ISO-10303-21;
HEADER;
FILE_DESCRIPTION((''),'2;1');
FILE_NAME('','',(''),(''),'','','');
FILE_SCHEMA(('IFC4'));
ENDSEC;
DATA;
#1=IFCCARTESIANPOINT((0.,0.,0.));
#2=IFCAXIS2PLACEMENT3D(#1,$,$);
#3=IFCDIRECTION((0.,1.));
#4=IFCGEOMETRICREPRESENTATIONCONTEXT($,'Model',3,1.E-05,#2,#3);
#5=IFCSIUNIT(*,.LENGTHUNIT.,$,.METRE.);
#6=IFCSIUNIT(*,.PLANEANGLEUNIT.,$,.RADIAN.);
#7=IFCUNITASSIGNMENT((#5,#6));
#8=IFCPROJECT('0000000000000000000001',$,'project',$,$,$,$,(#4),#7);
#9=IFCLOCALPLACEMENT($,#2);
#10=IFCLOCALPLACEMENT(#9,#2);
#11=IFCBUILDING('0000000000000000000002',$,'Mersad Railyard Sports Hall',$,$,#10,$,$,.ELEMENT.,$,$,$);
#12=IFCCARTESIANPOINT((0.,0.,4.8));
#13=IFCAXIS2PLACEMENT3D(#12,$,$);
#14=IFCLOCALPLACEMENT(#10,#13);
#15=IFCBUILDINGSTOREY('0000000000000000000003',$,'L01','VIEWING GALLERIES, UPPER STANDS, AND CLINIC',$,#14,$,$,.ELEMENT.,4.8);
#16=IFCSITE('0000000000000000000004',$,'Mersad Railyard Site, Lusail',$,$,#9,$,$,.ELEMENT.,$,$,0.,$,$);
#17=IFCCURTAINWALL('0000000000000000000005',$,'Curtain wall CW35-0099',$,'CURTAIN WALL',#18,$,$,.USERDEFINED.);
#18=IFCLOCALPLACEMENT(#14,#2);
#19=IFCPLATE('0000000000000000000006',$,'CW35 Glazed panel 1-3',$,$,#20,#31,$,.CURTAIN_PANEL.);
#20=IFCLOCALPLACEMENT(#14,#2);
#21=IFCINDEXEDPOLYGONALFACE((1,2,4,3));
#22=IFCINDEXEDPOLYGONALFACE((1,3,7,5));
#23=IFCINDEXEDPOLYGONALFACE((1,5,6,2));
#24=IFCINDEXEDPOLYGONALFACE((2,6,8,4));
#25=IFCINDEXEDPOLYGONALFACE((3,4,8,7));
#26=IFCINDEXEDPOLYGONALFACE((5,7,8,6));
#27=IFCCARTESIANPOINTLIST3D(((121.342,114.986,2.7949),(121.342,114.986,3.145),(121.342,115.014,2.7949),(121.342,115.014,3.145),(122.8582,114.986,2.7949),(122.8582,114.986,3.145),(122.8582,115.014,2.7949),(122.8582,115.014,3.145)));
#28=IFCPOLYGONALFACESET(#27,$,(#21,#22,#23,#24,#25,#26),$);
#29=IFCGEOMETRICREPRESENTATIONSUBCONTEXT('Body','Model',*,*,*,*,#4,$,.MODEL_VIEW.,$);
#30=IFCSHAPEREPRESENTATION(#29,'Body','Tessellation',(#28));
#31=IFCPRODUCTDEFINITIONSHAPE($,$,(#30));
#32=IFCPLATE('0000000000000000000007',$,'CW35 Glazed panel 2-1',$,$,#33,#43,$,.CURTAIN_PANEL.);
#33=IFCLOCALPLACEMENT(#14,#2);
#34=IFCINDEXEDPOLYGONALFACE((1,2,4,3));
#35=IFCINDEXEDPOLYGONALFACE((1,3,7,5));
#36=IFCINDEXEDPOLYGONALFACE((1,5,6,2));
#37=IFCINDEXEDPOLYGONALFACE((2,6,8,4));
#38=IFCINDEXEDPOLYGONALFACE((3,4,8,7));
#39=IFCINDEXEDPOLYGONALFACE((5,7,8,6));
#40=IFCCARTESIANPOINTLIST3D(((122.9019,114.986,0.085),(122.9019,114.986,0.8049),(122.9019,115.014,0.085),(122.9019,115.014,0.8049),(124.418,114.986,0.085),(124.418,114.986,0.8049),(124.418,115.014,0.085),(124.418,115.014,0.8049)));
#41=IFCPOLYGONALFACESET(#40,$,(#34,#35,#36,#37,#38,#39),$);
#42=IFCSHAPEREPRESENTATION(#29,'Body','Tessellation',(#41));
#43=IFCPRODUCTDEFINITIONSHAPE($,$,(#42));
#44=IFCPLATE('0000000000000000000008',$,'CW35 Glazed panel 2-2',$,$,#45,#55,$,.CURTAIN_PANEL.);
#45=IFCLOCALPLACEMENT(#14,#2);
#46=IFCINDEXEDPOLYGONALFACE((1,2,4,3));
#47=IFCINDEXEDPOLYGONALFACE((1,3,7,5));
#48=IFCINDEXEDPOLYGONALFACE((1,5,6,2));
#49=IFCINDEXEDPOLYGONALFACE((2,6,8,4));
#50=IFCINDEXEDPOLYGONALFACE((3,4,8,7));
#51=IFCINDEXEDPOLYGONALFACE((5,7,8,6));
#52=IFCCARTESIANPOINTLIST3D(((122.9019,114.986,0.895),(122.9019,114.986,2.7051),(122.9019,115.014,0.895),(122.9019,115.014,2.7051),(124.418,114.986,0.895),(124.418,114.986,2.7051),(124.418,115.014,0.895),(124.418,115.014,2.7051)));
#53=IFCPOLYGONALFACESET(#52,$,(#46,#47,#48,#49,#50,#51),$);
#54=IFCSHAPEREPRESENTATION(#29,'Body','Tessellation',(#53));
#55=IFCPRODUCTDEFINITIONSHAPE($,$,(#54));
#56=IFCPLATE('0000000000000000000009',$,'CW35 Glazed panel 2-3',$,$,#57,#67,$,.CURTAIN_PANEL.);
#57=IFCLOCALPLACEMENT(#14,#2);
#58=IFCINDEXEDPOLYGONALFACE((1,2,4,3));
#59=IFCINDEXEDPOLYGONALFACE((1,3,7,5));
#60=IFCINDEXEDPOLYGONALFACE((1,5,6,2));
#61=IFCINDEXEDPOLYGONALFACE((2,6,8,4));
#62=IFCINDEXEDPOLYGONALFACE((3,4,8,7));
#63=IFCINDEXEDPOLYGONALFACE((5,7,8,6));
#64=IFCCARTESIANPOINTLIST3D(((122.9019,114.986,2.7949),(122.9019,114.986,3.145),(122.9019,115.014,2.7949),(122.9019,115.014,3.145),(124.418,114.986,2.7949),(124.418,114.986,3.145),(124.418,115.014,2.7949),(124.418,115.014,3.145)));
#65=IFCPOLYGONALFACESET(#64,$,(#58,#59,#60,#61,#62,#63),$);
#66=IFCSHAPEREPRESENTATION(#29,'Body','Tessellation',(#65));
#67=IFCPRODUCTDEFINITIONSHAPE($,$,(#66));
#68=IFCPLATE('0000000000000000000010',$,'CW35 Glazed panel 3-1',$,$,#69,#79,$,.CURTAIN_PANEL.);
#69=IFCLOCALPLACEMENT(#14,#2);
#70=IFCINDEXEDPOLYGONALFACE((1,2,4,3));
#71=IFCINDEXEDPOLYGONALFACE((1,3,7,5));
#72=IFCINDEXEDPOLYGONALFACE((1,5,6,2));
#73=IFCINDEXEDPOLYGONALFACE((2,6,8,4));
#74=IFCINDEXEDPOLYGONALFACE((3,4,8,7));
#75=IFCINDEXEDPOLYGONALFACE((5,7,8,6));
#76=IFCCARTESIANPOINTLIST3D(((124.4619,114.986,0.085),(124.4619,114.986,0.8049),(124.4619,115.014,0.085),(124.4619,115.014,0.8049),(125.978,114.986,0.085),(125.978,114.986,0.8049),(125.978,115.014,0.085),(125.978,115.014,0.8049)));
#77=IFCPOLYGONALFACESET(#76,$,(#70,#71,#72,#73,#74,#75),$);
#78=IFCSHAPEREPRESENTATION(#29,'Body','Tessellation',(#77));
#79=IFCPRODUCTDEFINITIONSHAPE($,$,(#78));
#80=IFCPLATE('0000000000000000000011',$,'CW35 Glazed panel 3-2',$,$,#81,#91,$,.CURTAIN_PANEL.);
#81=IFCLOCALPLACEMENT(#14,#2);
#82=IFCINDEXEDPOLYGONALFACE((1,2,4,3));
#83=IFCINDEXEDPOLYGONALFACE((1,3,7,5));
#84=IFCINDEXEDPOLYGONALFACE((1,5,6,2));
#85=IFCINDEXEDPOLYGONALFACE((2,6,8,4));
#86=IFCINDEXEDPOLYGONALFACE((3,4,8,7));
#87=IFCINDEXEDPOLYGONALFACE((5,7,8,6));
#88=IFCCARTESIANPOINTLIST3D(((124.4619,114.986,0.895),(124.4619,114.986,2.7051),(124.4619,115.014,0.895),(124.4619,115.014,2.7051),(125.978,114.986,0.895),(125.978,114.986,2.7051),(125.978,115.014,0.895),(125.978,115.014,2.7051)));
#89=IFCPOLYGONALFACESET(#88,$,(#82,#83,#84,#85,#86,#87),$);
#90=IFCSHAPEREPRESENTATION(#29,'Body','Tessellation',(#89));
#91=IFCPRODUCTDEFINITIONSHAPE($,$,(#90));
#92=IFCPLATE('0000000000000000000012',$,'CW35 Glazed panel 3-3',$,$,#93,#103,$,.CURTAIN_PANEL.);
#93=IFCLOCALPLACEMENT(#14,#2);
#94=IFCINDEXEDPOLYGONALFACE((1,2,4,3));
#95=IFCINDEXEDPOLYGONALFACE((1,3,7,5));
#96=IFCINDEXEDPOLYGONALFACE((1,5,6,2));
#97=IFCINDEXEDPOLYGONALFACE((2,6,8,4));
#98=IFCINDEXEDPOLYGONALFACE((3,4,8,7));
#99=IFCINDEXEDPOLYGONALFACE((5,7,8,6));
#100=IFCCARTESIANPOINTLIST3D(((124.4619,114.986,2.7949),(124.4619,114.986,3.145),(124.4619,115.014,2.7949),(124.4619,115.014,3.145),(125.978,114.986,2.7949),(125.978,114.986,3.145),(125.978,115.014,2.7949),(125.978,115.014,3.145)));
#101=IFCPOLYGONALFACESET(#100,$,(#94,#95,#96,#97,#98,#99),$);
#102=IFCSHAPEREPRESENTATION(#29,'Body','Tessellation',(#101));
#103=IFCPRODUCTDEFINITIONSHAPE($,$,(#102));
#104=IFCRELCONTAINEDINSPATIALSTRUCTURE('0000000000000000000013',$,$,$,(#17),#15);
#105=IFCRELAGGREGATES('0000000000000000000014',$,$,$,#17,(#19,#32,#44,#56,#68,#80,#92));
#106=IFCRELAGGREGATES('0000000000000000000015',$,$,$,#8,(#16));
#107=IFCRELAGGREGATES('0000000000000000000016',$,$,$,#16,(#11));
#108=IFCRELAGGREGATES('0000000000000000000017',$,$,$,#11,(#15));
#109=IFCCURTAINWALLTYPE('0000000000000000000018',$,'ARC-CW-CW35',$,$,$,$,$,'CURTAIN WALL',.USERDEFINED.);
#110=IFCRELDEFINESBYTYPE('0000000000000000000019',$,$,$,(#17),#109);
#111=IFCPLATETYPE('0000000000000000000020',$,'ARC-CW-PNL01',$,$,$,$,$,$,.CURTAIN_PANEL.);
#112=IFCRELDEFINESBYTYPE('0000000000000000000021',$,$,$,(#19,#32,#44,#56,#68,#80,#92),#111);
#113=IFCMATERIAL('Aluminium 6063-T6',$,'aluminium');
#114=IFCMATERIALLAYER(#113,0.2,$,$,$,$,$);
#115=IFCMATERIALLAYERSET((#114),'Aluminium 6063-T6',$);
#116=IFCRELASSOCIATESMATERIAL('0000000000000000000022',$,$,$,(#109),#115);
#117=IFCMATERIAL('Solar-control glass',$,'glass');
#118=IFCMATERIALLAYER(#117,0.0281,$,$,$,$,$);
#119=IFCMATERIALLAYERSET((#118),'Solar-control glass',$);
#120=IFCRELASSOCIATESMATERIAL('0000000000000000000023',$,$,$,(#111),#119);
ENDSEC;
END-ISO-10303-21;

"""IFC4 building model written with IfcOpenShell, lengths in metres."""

from ifc_helpers import new_model, si_unit, direction, frame, origin, origin_2d, place, context, subcontext, project, spatial, rectangle, extrude, material, layer, layer_set, type_object, element, aggregate, save


model = new_model("IFC4")

# Units and contexts
model_context = context("Model", 3, precision=1e-05, world=origin(), true_north=direction((0.0, 1.0)))
body_context = subcontext(model_context, "Body", "Model", "MODEL_VIEW")
ifc_project = project(units=[si_unit("LENGTHUNIT", "METRE"), si_unit("PLANEANGLEUNIT", "RADIAN")], contexts=[model_context])

# Site, building, storey
site_placement = place(None, origin())
site = spatial("IfcSite", under=ifc_project, at=site_placement, Name="Mersad Railyard Site, Lusail", CompositionType="ELEMENT", RefElevation=0.0)
building_placement = place(site_placement, origin())
building = spatial("IfcBuilding", under=site, at=building_placement, Name="Mersad Railyard Sports Hall", CompositionType="ELEMENT")
storey_placement = place(building_placement, frame((0.0, 0.0, 4.8)))
storey = spatial("IfcBuildingStorey", under=building, at=storey_placement, Name="L01", Description="VIEWING GALLERIES, UPPER STANDS, AND CLINIC", CompositionType="ELEMENT", Elevation=4.8)

# Curtain wall, plates
ifc_material_1 = material(Name="Aluminium 6063-T6", Category="aluminium")
ifc_layer_1 = layer(ifc_material_1, 0.2)
ifc_layer_set_1 = layer_set([ifc_layer_1], Name="Aluminium 6063-T6")
curtain_wall_type = type_object("IfcCurtainWallType", Name="ARC-CW-CW35", ElementType="CURTAIN WALL", PredefinedType="USERDEFINED", material=ifc_layer_set_1)
curtain_wall_placement = place(storey_placement, origin())
curtain_wall = element("IfcCurtainWall", 1, at=curtain_wall_placement, inside=storey, type_object=curtain_wall_type, Name="Curtain wall CW35-0099", ObjectType="CURTAIN WALL", PredefinedType="USERDEFINED")
ifc_material_2 = material(Name="Solar-control glass", Category="glass")
ifc_layer_2 = layer(ifc_material_2, 0.0281)
ifc_layer_set_2 = layer_set([ifc_layer_2], Name="Solar-control glass")
plate_type = type_object("IfcPlateType", Name="ARC-CW-PNL01", PredefinedType="CURTAIN_PANEL", material=ifc_layer_set_2)
plate_1_placement = place(storey_placement, frame((122.1001, 115.0, 2.7949), z_axis=(0.0, 0.0, 1.0), x_axis=(1.0, 0.0, 0.0)))
plate_1 = element("IfcPlate", 2, at=plate_1_placement, type_object=plate_type, Name="CW35 Glazed panel 1-3", PredefinedType="CURTAIN_PANEL", context=body_context, shape_type="SweptSolid", body=[
    extrude(rectangle(XDim=1.5161, YDim=0.0281, at=origin_2d()), origin(), (0.0, 0.0, 1.0), 0.3501),
])
plate_2_placement = place(storey_placement, frame((123.6599, 115.0, 0.085), z_axis=(0.0, 0.0, 1.0), x_axis=(1.0, 0.0, 0.0)))
plate_2 = element("IfcPlate", 3, at=plate_2_placement, type_object=plate_type, Name="CW35 Glazed panel 2-1", PredefinedType="CURTAIN_PANEL", context=body_context, shape_type="SweptSolid", body=[
    extrude(rectangle(XDim=1.5161, YDim=0.0281, at=origin_2d()), origin(), (0.0, 0.0, 1.0), 0.72),
])
plate_3_placement = place(storey_placement, frame((123.6599, 115.0, 0.895), z_axis=(0.0, 0.0, 1.0), x_axis=(1.0, 0.0, 0.0)))
plate_3 = element("IfcPlate", 4, at=plate_3_placement, type_object=plate_type, Name="CW35 Glazed panel 2-2", PredefinedType="CURTAIN_PANEL", context=body_context, shape_type="SweptSolid", body=[
    extrude(rectangle(XDim=1.5161, YDim=0.0281, at=origin_2d()), origin(), (0.0, 0.0, 1.0), 1.8101),
])
plate_4_placement = place(storey_placement, frame((123.6599, 115.0, 2.7949), z_axis=(0.0, 0.0, 1.0), x_axis=(1.0, 0.0, 0.0)))
plate_4 = element("IfcPlate", 5, at=plate_4_placement, type_object=plate_type, Name="CW35 Glazed panel 2-3", PredefinedType="CURTAIN_PANEL", context=body_context, shape_type="SweptSolid", body=[
    extrude(rectangle(XDim=1.5161, YDim=0.0281, at=origin_2d()), origin(), (0.0, 0.0, 1.0), 0.3501),
])
plate_5_placement = place(storey_placement, frame((125.22, 115.0, 0.085), z_axis=(0.0, 0.0, 1.0), x_axis=(1.0, 0.0, 0.0)))
plate_5 = element("IfcPlate", 6, at=plate_5_placement, type_object=plate_type, Name="CW35 Glazed panel 3-1", PredefinedType="CURTAIN_PANEL", context=body_context, shape_type="SweptSolid", body=[
    extrude(rectangle(XDim=1.5161, YDim=0.0281, at=origin_2d()), origin(), (0.0, 0.0, 1.0), 0.72),
])
plate_6_placement = place(storey_placement, frame((125.22, 115.0, 0.895), z_axis=(0.0, 0.0, 1.0), x_axis=(1.0, 0.0, 0.0)))
plate_6 = element("IfcPlate", 7, at=plate_6_placement, type_object=plate_type, Name="CW35 Glazed panel 3-2", PredefinedType="CURTAIN_PANEL", context=body_context, shape_type="SweptSolid", body=[
    extrude(rectangle(XDim=1.5161, YDim=0.0281, at=origin_2d()), origin(), (0.0, 0.0, 1.0), 1.8101),
])
plate_7_placement = place(storey_placement, frame((125.22, 115.0, 2.7949), z_axis=(0.0, 0.0, 1.0), x_axis=(1.0, 0.0, 0.0)))
plate_7 = element("IfcPlate", 8, at=plate_7_placement, type_object=plate_type, Name="CW35 Glazed panel 3-3", PredefinedType="CURTAIN_PANEL", context=body_context, shape_type="SweptSolid", body=[
    extrude(rectangle(XDim=1.5161, YDim=0.0281, at=origin_2d()), origin(), (0.0, 0.0, 1.0), 0.3501),
])
aggregate(curtain_wall, [plate_1, plate_2, plate_3, plate_4, plate_5, plate_6, plate_7])

save(model, "model.ifc")
